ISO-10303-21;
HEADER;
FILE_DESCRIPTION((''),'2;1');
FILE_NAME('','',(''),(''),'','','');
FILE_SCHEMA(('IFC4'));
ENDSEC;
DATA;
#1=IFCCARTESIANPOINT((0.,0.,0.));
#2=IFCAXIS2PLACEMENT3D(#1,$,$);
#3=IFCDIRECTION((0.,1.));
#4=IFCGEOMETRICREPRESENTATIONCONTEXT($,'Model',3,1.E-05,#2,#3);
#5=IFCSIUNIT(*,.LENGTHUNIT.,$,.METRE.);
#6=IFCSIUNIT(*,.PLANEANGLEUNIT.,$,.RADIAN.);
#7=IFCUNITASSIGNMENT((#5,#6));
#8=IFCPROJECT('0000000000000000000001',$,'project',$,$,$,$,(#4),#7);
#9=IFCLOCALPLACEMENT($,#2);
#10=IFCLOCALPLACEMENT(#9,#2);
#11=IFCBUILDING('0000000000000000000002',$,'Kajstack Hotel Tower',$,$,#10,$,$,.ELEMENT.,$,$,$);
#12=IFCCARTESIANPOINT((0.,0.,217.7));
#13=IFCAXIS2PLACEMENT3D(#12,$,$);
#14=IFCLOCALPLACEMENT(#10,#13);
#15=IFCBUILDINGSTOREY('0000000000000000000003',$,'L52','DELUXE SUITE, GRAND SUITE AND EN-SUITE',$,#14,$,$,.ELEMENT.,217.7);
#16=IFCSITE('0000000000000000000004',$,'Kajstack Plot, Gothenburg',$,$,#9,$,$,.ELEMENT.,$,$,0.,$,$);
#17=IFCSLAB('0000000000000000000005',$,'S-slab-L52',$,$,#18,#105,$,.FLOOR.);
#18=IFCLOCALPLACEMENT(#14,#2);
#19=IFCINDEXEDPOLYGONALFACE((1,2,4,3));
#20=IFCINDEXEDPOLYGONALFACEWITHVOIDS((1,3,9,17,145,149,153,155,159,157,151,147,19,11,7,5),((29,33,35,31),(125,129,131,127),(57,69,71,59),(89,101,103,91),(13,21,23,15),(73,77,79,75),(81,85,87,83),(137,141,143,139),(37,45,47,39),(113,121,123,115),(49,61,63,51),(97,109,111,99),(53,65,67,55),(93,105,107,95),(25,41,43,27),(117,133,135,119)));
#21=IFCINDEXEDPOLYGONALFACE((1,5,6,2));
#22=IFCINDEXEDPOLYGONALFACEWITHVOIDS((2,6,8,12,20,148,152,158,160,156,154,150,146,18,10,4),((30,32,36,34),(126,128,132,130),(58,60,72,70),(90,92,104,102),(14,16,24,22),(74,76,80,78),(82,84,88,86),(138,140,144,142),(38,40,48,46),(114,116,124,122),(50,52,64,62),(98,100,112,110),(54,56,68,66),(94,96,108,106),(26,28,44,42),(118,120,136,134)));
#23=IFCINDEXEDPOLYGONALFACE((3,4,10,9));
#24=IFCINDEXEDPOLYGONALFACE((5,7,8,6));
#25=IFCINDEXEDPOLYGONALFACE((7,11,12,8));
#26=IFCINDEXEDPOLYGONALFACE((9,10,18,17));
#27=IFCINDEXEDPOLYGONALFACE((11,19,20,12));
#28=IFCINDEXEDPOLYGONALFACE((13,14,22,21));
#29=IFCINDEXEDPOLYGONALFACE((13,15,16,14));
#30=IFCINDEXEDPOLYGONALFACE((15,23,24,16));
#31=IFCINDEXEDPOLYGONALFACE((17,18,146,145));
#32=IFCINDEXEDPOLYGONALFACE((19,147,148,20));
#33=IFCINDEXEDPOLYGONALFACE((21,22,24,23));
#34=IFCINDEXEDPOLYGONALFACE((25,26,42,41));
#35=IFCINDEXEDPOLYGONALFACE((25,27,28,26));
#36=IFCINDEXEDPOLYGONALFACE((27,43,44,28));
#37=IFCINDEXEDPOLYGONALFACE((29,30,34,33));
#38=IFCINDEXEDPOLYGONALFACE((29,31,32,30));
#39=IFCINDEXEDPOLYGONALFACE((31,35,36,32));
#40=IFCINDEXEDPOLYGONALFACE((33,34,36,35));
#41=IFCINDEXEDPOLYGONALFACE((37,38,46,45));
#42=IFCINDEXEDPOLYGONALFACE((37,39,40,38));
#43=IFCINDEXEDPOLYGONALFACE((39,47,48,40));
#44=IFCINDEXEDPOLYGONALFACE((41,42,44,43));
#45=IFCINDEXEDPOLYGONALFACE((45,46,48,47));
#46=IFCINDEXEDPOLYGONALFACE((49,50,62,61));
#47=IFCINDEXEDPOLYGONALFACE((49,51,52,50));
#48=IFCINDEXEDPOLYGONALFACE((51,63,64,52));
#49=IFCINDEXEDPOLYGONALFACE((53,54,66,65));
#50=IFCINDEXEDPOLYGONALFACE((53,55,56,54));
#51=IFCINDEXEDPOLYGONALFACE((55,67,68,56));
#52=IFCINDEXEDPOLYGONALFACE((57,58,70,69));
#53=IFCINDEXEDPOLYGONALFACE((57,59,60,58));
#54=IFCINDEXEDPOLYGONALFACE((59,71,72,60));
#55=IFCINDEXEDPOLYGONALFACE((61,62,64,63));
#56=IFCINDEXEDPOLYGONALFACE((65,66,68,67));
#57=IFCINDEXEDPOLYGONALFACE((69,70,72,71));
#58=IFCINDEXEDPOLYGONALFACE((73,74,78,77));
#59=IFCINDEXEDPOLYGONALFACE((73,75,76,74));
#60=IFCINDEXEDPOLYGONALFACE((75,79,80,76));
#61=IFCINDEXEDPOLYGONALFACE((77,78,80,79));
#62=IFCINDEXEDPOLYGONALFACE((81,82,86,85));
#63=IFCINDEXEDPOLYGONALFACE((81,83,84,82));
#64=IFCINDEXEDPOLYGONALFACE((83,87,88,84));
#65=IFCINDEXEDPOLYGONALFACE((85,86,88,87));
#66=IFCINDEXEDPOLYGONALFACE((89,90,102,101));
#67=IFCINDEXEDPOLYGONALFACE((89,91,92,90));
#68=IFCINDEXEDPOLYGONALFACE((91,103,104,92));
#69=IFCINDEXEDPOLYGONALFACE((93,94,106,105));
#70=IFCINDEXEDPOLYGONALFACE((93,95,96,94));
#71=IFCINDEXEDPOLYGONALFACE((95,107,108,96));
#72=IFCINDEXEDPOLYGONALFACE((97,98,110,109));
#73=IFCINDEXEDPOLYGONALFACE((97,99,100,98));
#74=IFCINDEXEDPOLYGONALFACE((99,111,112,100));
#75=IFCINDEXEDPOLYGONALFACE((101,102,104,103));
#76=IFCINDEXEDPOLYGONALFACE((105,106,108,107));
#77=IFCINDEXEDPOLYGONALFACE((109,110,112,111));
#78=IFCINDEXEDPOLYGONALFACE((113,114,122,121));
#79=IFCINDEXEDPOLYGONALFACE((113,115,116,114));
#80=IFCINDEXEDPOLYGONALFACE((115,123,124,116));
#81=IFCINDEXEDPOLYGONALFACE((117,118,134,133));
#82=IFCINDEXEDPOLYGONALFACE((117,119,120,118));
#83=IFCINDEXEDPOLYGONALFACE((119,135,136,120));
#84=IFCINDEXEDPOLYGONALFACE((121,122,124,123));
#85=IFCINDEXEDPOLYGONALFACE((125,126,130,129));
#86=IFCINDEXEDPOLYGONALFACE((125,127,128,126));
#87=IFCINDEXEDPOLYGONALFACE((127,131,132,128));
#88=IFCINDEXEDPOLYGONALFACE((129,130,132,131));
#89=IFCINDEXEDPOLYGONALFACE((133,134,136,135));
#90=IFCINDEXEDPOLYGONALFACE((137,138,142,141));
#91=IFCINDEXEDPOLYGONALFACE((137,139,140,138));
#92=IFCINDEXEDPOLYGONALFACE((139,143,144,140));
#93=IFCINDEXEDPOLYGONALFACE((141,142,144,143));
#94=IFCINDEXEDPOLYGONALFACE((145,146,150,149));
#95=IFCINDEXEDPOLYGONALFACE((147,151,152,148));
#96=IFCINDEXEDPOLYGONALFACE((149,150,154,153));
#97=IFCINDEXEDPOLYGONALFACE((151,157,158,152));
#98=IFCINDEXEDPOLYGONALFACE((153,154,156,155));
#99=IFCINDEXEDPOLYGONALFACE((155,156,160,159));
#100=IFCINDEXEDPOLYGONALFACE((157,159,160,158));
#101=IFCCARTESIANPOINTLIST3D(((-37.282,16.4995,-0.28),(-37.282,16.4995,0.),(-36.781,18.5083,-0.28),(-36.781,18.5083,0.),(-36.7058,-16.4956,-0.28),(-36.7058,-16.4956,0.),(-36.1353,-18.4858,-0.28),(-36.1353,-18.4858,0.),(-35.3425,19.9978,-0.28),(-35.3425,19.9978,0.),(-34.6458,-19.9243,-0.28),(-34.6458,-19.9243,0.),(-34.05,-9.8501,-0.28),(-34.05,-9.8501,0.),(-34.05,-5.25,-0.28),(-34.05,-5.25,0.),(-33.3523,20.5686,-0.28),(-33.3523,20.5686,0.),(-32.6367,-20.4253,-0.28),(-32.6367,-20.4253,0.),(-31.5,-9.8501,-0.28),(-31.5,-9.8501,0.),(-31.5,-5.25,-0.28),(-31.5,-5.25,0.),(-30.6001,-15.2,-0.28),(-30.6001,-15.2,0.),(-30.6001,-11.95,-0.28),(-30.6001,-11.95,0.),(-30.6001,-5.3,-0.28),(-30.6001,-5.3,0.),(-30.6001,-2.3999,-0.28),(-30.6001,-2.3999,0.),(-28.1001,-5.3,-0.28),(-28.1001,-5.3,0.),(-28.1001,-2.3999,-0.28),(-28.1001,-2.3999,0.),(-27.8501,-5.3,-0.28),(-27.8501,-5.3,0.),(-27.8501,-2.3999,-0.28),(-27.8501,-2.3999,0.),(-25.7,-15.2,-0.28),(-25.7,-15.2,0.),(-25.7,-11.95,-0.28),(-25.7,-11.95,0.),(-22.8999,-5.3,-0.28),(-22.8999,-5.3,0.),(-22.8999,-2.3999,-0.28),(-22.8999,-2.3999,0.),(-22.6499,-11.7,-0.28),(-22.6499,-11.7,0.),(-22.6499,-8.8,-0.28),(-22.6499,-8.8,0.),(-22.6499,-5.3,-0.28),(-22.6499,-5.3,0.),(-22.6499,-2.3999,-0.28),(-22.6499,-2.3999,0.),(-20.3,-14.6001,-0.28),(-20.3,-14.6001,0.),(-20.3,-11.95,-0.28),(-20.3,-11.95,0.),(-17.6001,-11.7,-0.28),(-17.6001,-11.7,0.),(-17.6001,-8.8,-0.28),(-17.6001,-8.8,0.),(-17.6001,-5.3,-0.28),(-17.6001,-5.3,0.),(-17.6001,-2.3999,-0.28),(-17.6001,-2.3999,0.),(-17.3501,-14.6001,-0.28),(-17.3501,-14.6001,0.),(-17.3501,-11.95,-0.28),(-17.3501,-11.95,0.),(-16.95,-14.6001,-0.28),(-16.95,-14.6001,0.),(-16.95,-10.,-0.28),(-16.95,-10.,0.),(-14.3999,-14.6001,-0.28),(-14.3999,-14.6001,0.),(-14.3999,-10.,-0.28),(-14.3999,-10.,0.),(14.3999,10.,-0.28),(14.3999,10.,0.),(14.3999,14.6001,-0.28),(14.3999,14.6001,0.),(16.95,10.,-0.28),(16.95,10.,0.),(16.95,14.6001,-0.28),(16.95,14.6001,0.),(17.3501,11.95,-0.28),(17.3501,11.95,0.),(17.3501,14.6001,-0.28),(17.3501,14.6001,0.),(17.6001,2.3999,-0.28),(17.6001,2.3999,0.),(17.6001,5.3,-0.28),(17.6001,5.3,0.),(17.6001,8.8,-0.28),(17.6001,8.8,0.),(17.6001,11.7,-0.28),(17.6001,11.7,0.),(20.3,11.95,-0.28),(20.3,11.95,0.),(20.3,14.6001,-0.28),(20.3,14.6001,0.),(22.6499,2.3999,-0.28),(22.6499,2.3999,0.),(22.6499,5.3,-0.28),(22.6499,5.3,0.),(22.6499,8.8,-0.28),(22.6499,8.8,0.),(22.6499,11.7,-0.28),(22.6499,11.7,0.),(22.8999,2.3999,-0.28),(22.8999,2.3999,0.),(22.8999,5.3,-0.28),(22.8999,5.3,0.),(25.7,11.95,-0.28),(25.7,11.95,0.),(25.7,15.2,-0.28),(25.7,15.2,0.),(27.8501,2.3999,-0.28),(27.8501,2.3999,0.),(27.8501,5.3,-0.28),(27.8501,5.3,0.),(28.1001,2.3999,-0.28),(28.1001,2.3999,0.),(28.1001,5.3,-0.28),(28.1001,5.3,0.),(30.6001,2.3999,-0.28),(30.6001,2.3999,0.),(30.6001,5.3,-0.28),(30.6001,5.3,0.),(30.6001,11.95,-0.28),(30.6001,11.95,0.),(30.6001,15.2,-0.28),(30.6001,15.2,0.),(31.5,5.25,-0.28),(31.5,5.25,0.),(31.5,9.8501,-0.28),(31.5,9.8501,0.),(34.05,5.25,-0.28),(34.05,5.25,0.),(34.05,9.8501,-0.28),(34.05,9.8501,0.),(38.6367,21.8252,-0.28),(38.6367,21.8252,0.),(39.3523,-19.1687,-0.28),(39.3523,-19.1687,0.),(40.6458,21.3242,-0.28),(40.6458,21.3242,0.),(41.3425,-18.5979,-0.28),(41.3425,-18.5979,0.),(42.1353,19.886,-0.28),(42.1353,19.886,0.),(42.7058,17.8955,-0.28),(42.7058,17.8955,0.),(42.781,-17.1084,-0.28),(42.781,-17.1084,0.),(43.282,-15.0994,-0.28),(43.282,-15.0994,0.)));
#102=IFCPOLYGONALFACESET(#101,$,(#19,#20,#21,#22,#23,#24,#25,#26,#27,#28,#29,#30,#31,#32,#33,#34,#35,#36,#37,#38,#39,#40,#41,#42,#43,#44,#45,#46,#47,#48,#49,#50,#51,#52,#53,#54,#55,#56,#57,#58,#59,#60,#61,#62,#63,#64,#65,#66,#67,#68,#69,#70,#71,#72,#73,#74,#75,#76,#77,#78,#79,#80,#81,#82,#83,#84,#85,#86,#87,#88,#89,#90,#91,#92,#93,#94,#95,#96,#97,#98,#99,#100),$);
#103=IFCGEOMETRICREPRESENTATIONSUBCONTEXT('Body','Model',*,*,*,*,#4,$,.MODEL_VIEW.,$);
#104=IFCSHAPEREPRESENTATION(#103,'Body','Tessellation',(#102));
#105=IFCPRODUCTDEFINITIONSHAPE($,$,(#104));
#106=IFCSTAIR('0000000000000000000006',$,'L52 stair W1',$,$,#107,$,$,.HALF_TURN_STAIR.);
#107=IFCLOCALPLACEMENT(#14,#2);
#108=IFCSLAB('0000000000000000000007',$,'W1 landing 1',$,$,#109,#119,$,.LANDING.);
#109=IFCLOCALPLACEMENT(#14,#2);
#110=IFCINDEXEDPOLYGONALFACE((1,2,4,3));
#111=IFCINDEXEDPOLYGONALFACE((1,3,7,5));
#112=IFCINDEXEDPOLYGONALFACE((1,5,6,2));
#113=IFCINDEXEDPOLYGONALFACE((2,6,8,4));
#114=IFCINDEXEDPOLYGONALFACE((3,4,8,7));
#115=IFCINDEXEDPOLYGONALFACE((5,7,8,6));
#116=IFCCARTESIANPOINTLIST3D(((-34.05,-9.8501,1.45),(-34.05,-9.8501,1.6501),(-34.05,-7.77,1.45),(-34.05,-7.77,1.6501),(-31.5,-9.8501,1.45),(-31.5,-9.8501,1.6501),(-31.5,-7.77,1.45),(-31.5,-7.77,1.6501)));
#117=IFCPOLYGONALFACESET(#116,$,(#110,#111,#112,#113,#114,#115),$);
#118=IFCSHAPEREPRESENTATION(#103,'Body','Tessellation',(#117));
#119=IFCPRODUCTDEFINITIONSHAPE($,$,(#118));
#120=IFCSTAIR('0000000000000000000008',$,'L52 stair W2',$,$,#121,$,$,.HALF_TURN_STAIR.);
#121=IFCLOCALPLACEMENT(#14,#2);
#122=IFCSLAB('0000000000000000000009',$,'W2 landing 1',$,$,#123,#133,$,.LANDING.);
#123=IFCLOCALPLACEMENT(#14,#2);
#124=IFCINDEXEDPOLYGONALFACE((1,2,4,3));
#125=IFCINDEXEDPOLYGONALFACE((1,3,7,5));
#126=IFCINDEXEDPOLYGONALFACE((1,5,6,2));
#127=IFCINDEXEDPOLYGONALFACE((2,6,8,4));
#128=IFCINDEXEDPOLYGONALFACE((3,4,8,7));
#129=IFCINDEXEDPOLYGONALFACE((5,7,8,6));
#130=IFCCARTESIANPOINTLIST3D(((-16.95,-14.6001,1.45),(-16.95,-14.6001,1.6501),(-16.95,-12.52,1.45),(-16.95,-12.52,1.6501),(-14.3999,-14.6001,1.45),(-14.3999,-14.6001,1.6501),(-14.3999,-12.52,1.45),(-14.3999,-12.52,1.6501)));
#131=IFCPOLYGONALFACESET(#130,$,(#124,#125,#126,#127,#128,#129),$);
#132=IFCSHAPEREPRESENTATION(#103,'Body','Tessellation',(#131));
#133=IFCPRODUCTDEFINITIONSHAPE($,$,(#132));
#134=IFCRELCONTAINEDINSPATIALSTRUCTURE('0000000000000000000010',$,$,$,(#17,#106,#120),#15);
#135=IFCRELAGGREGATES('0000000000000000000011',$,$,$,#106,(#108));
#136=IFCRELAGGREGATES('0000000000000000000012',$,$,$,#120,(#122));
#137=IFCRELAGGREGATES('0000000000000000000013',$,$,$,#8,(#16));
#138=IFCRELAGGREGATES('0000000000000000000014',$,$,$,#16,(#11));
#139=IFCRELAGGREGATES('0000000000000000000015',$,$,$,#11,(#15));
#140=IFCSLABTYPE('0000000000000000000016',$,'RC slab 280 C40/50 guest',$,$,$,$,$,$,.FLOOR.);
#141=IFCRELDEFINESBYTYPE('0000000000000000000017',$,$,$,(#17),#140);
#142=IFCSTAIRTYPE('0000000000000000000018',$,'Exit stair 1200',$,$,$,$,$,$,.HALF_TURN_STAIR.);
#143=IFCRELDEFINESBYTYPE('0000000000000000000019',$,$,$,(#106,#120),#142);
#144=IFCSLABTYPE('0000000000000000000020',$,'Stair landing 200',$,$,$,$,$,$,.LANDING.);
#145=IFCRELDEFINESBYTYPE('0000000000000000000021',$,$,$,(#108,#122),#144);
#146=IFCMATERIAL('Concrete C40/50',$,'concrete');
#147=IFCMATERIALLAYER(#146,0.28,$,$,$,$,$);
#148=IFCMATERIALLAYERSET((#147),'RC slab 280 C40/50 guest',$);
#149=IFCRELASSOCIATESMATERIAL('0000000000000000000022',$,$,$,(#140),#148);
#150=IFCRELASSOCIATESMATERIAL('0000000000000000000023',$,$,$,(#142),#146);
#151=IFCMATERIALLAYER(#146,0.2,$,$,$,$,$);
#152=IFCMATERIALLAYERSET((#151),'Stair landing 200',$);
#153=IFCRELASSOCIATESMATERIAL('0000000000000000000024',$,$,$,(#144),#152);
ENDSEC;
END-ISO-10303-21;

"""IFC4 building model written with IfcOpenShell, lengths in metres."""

from ifc_helpers import new_model, si_unit, direction, frame, origin, place, context, subcontext, project, spatial, polyline, outline, extrude, material, layer, layer_set, type_object, element, aggregate, save


model = new_model("IFC4")

# Units and contexts
model_context = context("Model", 3, precision=1e-05, world=origin(), true_north=direction((0.0, 1.0)))
body_context = subcontext(model_context, "Body", "Model", "MODEL_VIEW")
ifc_project = project(units=[si_unit("LENGTHUNIT", "METRE"), si_unit("PLANEANGLEUNIT", "RADIAN")], contexts=[model_context])

# Site, building, storey
site_placement = place(None, origin())
site = spatial("IfcSite", under=ifc_project, at=site_placement, Name="Kajstack Plot, Gothenburg", CompositionType="ELEMENT", RefElevation=0.0)
building_placement = place(site_placement, origin())
building = spatial("IfcBuilding", under=site, at=building_placement, Name="Kajstack Hotel Tower", CompositionType="ELEMENT")
storey_placement = place(building_placement, frame((0.0, 0.0, 217.7)))
storey = spatial("IfcBuildingStorey", under=building, at=storey_placement, Name="L52", Description="DELUXE SUITE, GRAND SUITE AND EN-SUITE", CompositionType="ELEMENT", Elevation=217.7)

# Slab
ifc_material_1 = material(Name="Concrete C40/50", Category="concrete")
ifc_layer_1 = layer(ifc_material_1, 0.28)
ifc_layer_set_1 = layer_set([ifc_layer_1], Name="RC slab 280 C40/50 guest")
slab_type_1 = type_object("IfcSlabType", Name="RC slab 280 C40/50 guest", PredefinedType="FLOOR", material=ifc_layer_set_1)
slab_1_placement = place(storey_placement, frame((0.0, 0.0, -0.28)))
element("IfcSlab", 1, at=slab_1_placement, inside=storey, type_object=slab_type_1, Name="S-slab-L52", PredefinedType="FLOOR", context=body_context, shape_type="SweptSolid", body=[
    extrude(outline(polyline([(-37.282, 16.4995), (-36.7058, -16.4956), (-36.1353, -18.4858), (-34.6458, -19.9243), (-32.6367, -20.4253), (39.3523, -19.1687), (41.3425, -18.5979), (42.781, -17.1084), (43.282, -15.0994), (42.7058, 17.8955), (42.1353, 19.886), (40.6458, 21.3242), (38.6367, 21.8252), (-33.3523, 20.5686), (-35.3425, 19.9978), (-36.781, 18.5083), (-37.282, 16.4995)]), holes=[polyline([(-22.6499, -11.7), (-22.6499, -8.8), (-17.6001, -8.8), (-17.6001, -11.7), (-22.6499, -11.7)]), polyline([(-27.8501, -5.3), (-27.8501, -2.3999), (-22.8999, -2.3999), (-22.8999, -5.3), (-27.8501, -5.3)]), polyline([(-22.6499, -5.3), (-22.6499, -2.3999), (-17.6001, -2.3999), (-17.6001, -5.3), (-22.6499, -5.3)]), polyline([(-20.3, -14.6001), (-17.3501, -14.6001), (-17.3501, -11.95), (-20.3, -11.95), (-20.3, -14.6001)]), polyline([(-30.6001, -5.3), (-28.1001, -5.3), (-28.1001, -2.3999), (-30.6001, -2.3999), (-30.6001, -5.3)]), polyline([(17.6001, 8.8), (17.6001, 11.7), (22.6499, 11.7), (22.6499, 8.8), (17.6001, 8.8)]), polyline([(22.8999, 2.3999), (22.8999, 5.3), (27.8501, 5.3), (27.8501, 2.3999), (22.8999, 2.3999)]), polyline([(17.6001, 2.3999), (17.6001, 5.3), (22.6499, 5.3), (22.6499, 2.3999), (17.6001, 2.3999)]), polyline([(20.3, 14.6001), (17.3501, 14.6001), (17.3501, 11.95), (20.3, 11.95), (20.3, 14.6001)]), polyline([(30.6001, 5.3), (28.1001, 5.3), (28.1001, 2.3999), (30.6001, 2.3999), (30.6001, 5.3)]), polyline([(-34.05, -9.8501), (-31.5, -9.8501), (-31.5, -5.25), (-34.05, -5.25), (-34.05, -9.8501)]), polyline([(-16.95, -14.6001), (-14.3999, -14.6001), (-14.3999, -10.0), (-16.95, -10.0), (-16.95, -14.6001)]), polyline([(-30.6001, -15.2), (-25.7, -15.2), (-25.7, -11.95), (-30.6001, -11.95), (-30.6001, -15.2)]), polyline([(34.05, 9.8501), (31.5, 9.8501), (31.5, 5.25), (34.05, 5.25), (34.05, 9.8501)]), polyline([(16.95, 14.6001), (14.3999, 14.6001), (14.3999, 10.0), (16.95, 10.0), (16.95, 14.6001)]), polyline([(30.6001, 15.2), (25.7, 15.2), (25.7, 11.95), (30.6001, 11.95), (30.6001, 15.2)])]), origin(), (0.0, 0.0, 1.0), 0.28),
])

# Stairs, slabs
stair_type = type_object("IfcStairType", Name="Exit stair 1200", PredefinedType="HALF_TURN_STAIR", material=ifc_material_1)
stair_1_placement = place(storey_placement, origin())
stair_1 = element("IfcStair", 2, at=stair_1_placement, inside=storey, type_object=stair_type, Name="L52 stair W1", PredefinedType="HALF_TURN_STAIR")
ifc_layer_2 = layer(ifc_material_1, 0.2)
ifc_layer_set_2 = layer_set([ifc_layer_2], Name="Stair landing 200")
slab_type_2 = type_object("IfcSlabType", Name="Stair landing 200", PredefinedType="LANDING", material=ifc_layer_set_2)
slab_2_placement = place(storey_placement, frame((0.0, 0.0, 1.45)))
slab_2 = element("IfcSlab", 3, at=slab_2_placement, type_object=slab_type_2, Name="W1 landing 1", PredefinedType="LANDING", context=body_context, shape_type="SweptSolid", body=[
    extrude(outline(polyline([(-34.05, -7.77), (-34.05, -9.8501), (-31.5, -9.8501), (-31.5, -7.77), (-34.05, -7.77)])), origin(), (0.0, 0.0, 1.0), 0.2002),
])
aggregate(stair_1, [slab_2])
stair_2_placement = place(storey_placement, origin())
stair_2 = element("IfcStair", 4, at=stair_2_placement, inside=storey, type_object=stair_type, Name="L52 stair W2", PredefinedType="HALF_TURN_STAIR")
slab_3_placement = place(storey_placement, frame((0.0, 0.0, 1.45)))
slab_3 = element("IfcSlab", 5, at=slab_3_placement, type_object=slab_type_2, Name="W2 landing 1", PredefinedType="LANDING", context=body_context, shape_type="SweptSolid", body=[
    extrude(outline(polyline([(-16.95, -12.52), (-16.95, -14.6001), (-14.3999, -14.6001), (-14.3999, -12.52), (-16.95, -12.52)])), origin(), (0.0, 0.0, 1.0), 0.2002),
])
aggregate(stair_2, [slab_3])

save(model, "model.ifc")
